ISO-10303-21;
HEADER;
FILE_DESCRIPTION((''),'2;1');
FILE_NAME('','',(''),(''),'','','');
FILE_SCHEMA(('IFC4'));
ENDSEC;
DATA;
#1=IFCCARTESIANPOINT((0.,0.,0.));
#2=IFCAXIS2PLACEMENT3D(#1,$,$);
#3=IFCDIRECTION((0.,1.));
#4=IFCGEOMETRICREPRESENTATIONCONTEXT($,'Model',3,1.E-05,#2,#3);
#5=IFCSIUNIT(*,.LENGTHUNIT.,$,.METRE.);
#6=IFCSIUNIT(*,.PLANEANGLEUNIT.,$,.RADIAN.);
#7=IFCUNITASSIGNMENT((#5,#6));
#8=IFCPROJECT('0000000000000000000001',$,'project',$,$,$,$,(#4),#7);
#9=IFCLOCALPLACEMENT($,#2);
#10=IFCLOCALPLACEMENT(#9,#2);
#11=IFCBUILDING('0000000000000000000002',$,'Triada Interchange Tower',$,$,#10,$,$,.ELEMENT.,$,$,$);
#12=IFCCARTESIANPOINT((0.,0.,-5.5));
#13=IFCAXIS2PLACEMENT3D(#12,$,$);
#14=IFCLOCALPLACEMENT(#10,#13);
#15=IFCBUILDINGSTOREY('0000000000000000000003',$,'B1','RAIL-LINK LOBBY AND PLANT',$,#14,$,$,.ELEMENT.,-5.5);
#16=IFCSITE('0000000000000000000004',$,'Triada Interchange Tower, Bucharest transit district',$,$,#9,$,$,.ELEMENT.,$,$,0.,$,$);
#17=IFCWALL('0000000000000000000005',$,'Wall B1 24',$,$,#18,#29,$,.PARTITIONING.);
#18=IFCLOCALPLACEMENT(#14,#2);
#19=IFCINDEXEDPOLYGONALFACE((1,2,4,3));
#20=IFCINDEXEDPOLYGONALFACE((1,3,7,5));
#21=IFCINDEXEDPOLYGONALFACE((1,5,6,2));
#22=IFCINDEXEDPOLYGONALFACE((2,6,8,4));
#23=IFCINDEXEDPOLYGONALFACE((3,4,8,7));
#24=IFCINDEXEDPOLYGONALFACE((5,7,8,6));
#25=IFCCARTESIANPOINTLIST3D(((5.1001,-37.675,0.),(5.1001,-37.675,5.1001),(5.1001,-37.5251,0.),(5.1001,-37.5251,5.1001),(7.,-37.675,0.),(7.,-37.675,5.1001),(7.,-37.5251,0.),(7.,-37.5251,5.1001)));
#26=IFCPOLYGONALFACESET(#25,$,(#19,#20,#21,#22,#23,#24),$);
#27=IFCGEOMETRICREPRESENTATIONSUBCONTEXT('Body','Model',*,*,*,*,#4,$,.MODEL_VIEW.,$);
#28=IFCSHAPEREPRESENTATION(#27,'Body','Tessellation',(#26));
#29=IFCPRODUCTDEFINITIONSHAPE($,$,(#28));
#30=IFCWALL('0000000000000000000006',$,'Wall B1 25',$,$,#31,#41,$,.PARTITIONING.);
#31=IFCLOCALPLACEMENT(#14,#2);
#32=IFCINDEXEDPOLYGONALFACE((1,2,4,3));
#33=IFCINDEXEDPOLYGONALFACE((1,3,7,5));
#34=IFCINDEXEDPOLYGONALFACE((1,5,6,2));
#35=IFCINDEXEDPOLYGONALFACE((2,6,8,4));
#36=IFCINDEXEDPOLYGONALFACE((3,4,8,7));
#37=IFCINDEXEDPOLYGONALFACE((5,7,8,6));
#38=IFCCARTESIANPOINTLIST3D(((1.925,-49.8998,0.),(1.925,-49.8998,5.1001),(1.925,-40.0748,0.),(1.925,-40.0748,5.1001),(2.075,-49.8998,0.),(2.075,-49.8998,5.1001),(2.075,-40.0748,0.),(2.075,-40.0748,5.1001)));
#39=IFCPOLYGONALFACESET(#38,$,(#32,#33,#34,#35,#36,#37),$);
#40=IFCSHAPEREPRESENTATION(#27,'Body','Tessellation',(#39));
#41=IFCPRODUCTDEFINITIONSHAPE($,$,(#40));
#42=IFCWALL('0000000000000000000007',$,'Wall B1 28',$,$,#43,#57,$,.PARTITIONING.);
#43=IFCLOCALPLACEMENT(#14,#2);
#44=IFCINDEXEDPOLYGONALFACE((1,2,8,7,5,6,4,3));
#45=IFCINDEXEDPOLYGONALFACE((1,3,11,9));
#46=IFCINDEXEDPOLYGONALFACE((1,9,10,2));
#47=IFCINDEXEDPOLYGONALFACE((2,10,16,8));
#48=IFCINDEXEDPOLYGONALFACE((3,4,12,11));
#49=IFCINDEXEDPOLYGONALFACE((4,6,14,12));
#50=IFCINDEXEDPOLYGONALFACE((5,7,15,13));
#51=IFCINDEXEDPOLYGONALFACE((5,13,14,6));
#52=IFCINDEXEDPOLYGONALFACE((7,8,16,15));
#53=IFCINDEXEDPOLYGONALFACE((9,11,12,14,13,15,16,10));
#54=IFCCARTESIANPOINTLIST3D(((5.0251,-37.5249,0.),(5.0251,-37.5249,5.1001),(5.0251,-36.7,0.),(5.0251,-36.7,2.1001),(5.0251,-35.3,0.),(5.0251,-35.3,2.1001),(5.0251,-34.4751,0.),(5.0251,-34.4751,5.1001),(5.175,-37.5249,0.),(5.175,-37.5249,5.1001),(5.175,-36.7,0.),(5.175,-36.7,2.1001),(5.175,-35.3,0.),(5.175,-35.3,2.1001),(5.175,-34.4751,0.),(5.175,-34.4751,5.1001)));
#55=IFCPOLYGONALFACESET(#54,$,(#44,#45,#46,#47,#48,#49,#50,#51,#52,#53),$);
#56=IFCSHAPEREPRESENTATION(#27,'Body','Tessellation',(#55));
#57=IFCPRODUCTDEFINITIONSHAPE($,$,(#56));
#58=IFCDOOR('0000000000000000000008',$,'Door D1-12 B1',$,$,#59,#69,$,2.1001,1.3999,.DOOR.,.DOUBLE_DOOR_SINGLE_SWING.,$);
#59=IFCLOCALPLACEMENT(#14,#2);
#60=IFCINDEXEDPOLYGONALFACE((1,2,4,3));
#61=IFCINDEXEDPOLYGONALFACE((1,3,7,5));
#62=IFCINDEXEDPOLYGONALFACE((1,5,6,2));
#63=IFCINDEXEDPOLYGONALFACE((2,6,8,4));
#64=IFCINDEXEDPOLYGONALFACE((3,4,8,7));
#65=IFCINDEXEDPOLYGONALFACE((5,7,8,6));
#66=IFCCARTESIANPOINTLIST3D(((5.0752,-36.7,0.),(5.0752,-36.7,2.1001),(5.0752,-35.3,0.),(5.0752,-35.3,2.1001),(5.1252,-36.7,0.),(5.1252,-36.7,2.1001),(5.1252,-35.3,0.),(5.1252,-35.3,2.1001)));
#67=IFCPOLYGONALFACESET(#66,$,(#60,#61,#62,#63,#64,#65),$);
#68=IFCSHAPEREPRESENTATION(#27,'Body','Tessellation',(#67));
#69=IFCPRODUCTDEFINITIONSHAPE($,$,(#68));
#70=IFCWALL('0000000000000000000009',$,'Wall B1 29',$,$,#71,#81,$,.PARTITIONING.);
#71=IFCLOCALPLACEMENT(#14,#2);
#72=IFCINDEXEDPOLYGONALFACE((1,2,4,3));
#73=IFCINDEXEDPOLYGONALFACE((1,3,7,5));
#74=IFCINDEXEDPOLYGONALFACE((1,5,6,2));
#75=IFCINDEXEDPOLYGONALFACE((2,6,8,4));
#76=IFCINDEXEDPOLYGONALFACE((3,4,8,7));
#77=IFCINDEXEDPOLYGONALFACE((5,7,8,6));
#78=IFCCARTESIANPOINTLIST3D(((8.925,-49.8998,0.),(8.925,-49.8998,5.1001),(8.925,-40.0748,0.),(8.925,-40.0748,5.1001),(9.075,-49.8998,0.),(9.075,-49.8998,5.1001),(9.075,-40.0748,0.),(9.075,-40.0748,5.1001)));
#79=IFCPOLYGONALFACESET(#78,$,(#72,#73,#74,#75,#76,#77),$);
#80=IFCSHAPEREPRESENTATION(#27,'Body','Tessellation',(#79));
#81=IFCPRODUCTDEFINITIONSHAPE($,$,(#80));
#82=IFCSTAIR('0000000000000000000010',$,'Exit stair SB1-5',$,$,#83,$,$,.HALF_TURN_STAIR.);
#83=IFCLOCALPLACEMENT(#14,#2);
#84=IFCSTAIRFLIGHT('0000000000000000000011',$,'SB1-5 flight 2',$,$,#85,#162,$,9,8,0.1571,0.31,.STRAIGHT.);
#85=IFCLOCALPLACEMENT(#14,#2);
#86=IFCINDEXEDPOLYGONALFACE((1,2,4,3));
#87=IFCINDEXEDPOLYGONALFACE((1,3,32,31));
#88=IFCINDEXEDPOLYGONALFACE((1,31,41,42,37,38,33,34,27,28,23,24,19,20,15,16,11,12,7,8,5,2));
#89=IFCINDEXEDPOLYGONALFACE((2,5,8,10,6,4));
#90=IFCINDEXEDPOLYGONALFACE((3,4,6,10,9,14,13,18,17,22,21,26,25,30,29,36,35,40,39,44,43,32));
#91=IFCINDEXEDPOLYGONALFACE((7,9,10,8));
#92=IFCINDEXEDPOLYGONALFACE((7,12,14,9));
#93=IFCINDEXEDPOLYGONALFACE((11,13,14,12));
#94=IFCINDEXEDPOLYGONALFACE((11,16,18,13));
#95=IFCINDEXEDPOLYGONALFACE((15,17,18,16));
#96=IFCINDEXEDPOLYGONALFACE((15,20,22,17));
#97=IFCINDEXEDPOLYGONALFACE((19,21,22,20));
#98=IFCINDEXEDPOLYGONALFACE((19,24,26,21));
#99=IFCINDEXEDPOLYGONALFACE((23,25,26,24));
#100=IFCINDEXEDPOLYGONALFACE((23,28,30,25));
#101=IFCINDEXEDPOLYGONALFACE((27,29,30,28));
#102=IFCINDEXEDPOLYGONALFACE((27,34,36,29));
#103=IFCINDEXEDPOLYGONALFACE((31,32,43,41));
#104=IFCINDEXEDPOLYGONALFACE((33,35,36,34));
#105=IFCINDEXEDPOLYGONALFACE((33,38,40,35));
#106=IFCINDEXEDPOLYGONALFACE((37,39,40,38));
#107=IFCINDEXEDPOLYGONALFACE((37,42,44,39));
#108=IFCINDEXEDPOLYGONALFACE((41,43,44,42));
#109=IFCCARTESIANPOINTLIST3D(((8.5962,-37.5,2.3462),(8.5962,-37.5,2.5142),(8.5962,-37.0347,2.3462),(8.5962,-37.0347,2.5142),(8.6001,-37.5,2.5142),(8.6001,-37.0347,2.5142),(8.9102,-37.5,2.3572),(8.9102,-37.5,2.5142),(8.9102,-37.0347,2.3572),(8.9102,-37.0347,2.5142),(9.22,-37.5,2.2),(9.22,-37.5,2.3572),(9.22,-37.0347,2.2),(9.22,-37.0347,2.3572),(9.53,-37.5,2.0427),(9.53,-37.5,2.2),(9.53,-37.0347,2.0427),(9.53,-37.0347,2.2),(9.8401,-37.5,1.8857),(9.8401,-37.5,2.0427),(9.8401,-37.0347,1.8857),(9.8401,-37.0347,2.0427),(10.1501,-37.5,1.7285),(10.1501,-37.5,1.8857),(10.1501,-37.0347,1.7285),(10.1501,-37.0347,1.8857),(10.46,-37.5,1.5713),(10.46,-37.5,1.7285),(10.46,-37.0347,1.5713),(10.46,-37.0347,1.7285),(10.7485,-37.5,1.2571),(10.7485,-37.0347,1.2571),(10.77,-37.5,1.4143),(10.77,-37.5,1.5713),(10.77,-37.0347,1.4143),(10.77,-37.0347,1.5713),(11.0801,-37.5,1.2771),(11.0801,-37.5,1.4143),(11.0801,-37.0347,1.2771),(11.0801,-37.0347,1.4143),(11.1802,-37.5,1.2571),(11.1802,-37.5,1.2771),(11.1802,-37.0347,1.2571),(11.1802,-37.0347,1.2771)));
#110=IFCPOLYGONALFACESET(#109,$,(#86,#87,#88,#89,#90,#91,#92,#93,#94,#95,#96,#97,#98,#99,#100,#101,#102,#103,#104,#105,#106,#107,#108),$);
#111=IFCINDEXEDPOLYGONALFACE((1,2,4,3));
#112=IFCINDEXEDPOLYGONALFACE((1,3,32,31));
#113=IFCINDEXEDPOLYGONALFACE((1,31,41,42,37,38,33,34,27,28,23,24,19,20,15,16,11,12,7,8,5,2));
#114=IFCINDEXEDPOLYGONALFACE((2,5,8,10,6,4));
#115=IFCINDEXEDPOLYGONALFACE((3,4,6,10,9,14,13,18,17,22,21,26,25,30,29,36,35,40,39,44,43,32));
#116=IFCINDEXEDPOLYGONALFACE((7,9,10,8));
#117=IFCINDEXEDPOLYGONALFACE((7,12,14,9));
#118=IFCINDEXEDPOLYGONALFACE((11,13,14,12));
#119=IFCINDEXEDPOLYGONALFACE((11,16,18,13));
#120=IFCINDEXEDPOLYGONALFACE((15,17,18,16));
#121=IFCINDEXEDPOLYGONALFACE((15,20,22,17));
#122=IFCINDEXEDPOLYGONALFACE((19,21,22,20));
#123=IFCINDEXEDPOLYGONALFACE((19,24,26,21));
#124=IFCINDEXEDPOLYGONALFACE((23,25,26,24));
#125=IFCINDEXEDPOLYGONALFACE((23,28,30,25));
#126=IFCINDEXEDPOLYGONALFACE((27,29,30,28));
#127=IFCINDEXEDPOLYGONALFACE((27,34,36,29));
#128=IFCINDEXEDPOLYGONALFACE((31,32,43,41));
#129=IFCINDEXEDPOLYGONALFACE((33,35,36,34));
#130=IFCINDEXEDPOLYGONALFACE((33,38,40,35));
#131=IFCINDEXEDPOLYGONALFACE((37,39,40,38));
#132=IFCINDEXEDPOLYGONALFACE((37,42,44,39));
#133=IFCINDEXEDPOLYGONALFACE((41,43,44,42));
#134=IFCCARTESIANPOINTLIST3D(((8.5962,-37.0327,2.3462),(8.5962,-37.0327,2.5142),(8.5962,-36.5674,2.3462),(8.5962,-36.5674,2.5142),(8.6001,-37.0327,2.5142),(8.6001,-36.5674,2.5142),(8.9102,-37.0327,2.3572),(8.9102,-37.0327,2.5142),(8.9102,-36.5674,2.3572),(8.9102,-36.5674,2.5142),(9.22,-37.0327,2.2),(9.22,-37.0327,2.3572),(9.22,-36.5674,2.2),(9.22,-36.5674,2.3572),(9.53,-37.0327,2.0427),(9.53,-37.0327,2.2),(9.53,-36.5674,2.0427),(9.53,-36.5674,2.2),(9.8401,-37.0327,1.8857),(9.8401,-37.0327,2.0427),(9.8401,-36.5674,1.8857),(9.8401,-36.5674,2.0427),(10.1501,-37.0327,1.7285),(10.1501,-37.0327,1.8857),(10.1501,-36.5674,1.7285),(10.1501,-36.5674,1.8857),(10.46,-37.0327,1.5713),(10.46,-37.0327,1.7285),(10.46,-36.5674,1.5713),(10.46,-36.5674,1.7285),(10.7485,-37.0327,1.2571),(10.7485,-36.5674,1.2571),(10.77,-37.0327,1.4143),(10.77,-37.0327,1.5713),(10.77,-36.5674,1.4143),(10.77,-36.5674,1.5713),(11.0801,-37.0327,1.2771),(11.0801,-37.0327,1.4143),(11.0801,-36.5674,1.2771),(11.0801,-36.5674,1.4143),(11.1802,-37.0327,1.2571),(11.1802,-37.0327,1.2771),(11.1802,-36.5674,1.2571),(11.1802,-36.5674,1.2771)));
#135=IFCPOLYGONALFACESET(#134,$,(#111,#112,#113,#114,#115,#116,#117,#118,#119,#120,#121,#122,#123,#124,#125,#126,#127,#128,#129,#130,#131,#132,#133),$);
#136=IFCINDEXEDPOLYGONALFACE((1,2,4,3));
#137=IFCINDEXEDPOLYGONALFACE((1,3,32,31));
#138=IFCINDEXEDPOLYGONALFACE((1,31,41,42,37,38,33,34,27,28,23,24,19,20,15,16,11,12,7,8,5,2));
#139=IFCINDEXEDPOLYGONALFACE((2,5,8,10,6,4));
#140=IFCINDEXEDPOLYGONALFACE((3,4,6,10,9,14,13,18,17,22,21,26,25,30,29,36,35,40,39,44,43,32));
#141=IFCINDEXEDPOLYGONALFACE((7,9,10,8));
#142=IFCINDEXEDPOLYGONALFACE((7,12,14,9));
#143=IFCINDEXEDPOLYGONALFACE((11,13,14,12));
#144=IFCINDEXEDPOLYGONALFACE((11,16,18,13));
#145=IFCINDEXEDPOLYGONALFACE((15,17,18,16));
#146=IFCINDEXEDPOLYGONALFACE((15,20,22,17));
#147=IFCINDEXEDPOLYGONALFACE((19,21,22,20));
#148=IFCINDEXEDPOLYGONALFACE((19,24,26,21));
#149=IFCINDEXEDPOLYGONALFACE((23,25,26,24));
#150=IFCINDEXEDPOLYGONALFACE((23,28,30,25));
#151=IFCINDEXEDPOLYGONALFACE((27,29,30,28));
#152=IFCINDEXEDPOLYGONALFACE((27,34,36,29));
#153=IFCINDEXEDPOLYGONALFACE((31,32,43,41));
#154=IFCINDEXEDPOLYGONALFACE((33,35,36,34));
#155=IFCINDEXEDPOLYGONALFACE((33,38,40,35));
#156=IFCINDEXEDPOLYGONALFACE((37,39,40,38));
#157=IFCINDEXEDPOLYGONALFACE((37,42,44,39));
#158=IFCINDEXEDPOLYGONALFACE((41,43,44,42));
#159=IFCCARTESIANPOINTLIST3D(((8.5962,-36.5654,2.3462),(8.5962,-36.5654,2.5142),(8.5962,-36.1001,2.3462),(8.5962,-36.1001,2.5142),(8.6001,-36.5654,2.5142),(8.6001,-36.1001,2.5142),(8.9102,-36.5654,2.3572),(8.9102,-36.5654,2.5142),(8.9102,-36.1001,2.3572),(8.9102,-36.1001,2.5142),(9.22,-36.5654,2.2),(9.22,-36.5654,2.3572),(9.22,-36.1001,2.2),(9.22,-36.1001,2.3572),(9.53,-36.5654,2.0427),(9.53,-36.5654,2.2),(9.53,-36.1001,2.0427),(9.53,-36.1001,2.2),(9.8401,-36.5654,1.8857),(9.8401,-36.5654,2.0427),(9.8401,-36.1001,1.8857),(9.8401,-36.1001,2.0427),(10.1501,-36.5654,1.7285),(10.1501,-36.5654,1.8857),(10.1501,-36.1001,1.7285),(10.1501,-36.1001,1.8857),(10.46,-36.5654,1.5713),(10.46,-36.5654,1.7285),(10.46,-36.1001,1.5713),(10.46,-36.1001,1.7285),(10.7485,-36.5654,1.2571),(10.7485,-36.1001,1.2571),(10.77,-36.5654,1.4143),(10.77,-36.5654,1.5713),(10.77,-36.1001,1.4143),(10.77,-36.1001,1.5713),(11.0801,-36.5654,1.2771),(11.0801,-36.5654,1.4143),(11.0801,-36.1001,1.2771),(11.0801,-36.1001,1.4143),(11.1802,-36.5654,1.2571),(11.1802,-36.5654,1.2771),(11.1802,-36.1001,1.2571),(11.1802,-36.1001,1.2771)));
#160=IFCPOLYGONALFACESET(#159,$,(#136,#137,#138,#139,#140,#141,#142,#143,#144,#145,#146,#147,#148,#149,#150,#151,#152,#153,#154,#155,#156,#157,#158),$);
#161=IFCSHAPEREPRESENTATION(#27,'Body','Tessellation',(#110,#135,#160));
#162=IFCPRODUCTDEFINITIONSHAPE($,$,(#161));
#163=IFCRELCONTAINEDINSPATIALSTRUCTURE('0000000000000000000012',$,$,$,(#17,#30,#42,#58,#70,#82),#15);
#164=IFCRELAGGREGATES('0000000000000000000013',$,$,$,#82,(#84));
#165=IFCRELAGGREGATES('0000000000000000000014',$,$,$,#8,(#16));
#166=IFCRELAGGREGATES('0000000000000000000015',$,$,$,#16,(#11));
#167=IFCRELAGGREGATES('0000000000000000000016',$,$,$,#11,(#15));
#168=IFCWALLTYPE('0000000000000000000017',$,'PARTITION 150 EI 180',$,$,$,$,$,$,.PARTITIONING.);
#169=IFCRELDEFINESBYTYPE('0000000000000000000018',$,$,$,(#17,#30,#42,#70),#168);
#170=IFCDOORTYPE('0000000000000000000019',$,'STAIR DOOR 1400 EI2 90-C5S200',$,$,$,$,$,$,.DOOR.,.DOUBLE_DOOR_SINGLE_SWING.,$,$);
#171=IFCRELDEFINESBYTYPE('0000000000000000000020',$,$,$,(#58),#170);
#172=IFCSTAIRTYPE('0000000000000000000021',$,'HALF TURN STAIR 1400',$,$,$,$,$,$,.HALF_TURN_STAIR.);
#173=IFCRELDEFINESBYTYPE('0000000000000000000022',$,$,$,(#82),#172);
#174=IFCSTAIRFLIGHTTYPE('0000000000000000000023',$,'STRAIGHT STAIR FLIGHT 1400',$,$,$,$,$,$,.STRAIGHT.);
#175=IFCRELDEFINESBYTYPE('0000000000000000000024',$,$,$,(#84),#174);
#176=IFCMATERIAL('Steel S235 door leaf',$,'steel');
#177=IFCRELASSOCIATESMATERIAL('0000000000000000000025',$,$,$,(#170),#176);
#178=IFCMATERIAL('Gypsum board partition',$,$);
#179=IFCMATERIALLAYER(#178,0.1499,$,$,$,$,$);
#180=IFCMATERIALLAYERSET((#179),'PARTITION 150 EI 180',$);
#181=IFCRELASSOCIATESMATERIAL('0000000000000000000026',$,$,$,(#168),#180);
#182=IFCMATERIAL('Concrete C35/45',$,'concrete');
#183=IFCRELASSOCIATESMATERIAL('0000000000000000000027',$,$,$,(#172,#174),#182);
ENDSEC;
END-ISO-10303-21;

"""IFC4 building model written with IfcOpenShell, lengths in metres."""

from ifc_helpers import new_model, si_unit, direction, frame, frame_2d, origin, place, context, subcontext, project, spatial, polyline, rectangle, outline, extrude, material, layer, layer_set, type_object, element, fill, aggregate, save


model = new_model("IFC4")

# Units and contexts
model_context = context("Model", 3, precision=1e-05, world=origin(), true_north=direction((0.0, 1.0)))
body_context = subcontext(model_context, "Body", "Model", "MODEL_VIEW")
ifc_project = project(units=[si_unit("LENGTHUNIT", "METRE"), si_unit("PLANEANGLEUNIT", "RADIAN")], contexts=[model_context])

# Site, building, storey
site_placement = place(None, origin())
site = spatial("IfcSite", under=ifc_project, at=site_placement, Name="Triada Interchange Tower, Bucharest transit district", CompositionType="ELEMENT", RefElevation=0.0)
building_placement = place(site_placement, origin())
building = spatial("IfcBuilding", under=site, at=building_placement, Name="Triada Interchange Tower", CompositionType="ELEMENT")
storey_placement = place(building_placement, frame((0.0, 0.0, -5.5)))
storey = spatial("IfcBuildingStorey", under=building, at=storey_placement, Name="B1", Description="RAIL-LINK LOBBY AND PLANT", CompositionType="ELEMENT", Elevation=-5.5)

# Shared definitions
ifc_material_1 = material(Name="Concrete C35/45", Category="concrete")

# Shared definitions
ifc_material_2 = material(Name="Steel S235 door leaf", Category="steel")
door_type = type_object("IfcDoorType", Name="STAIR DOOR 1400 EI2 90-C5S200", OperationType="DOUBLE_DOOR_SINGLE_SWING", PredefinedType="DOOR", material=ifc_material_2)

# Walls
ifc_material_3 = material(Name="Gypsum board partition")
ifc_layer_1 = layer(ifc_material_3, 0.1499)
ifc_layer_set_1 = layer_set([ifc_layer_1], Name="PARTITION 150 EI 180")
wall_type_1 = type_object("IfcWallType", Name="PARTITION 150 EI 180", PredefinedType="PARTITIONING", material=ifc_layer_set_1)
wall_1_placement = place(storey_placement, frame((5.1001, -37.6001, 0.0), z_axis=(0.0, 0.0, 1.0), x_axis=(1.0, 0.0, 0.0)))
element("IfcWall", 1, at=wall_1_placement, inside=storey, type_object=wall_type_1, Name="Wall B1 24", PredefinedType="PARTITIONING", context=body_context, shape_type="SweptSolid", body=[
    extrude(rectangle(XDim=1.8999, YDim=0.1499, at=frame_2d((0.95, 0.0))), origin(), (0.0, 0.0, 1.0), 5.1001),
])
wall_2_placement = place(storey_placement, frame((2.0, -49.8999, 0.0), z_axis=(0.0, 0.0, 1.0), x_axis=(0.0, 1.0, 0.0)))
element("IfcWall", 2, at=wall_2_placement, inside=storey, type_object=wall_type_1, Name="Wall B1 25", PredefinedType="PARTITIONING", context=body_context, shape_type="SweptSolid", body=[
    extrude(rectangle(XDim=9.825, YDim=0.1499, at=frame_2d((4.9126, 0.0))), origin(), (0.0, 0.0, 1.0), 5.1001),
])

# Wall, opening, door
wall_3_placement = place(storey_placement, frame((5.1001, -37.5249, 0.0), z_axis=(0.0, 0.0, 1.0), x_axis=(0.0, 1.0, 0.0)))
wall_3 = element("IfcWall", 3, at=wall_3_placement, inside=storey, type_object=wall_type_1, Name="Wall B1 28", PredefinedType="PARTITIONING", context=body_context, shape_type="SweptSolid", body=[
    extrude(rectangle(XDim=3.0498, YDim=0.1499, at=frame_2d((1.5249, 0.0))), origin(), (0.0, 0.0, 1.0), 5.1001),
])
opening_1_placement = place(wall_3_placement, frame((0.825, 0.0, 0.0)))
opening_1 = element("IfcOpeningElement", 4, at=opening_1_placement, cuts=wall_3, PredefinedType="OPENING", context=body_context, shape_type="SweptSolid", body=[
    extrude(rectangle(XDim=1.3999, YDim=2.1001, at=frame_2d((0.7, 1.05))), frame((0.0, 0.085, 0.0), z_axis=(0.0, -1.0, 0.0), x_axis=(1.0, 0.0, 0.0)), (0.0, 0.0, 1.0), 0.1699),
])
door_1_placement = place(opening_1_placement, origin())
door_1 = element("IfcDoor", 5, at=door_1_placement, inside=storey, type_object=door_type, Name="Door D1-12 B1", OperationType="DOUBLE_DOOR_SINGLE_SWING", OverallHeight=2.1001, OverallWidth=1.3999, PredefinedType="DOOR", context=body_context, shape_type="SweptSolid", body=[
    extrude(rectangle(XDim=1.3999, YDim=2.1001, at=frame_2d((0.7, 1.05))), frame((0.0, 0.0249, 0.0), z_axis=(0.0, -1.0, 0.0), x_axis=(1.0, 0.0, 0.0)), (0.0, 0.0, 1.0), 0.05),
])
fill(opening_1, door_1)

# Wall
wall_4_placement = place(storey_placement, frame((9.0, -49.8999, 0.0), z_axis=(0.0, 0.0, 1.0), x_axis=(0.0, 1.0, 0.0)))
element("IfcWall", 6, at=wall_4_placement, inside=storey, type_object=wall_type_1, Name="Wall B1 29", PredefinedType="PARTITIONING", context=body_context, shape_type="SweptSolid", body=[
    extrude(rectangle(XDim=9.825, YDim=0.1499, at=frame_2d((4.9126, 0.0))), origin(), (0.0, 0.0, 1.0), 5.1001),
])

# Stair, stair flight
stair_type = type_object("IfcStairType", Name="HALF TURN STAIR 1400", PredefinedType="HALF_TURN_STAIR", material=ifc_material_1)
stair_placement = place(storey_placement, origin())
stair = element("IfcStair", 7, at=stair_placement, inside=storey, type_object=stair_type, Name="Exit stair SB1-5", PredefinedType="HALF_TURN_STAIR")
stair_flight_type = type_object("IfcStairFlightType", Name="STRAIGHT STAIR FLIGHT 1400", PredefinedType="STRAIGHT", material=ifc_material_1)
stair_flight_1_placement = place(storey_placement, frame((11.0801, -36.8, 1.2571), z_axis=(0.0, 0.0, 1.0), x_axis=(-1.0, 0.0, 0.0)))
stair_flight_1 = element("IfcStairFlight", 8, at=stair_flight_1_placement, type_object=stair_flight_type, Name="SB1-5 flight 2", NumberOfRisers=9, NumberOfTreads=8, PredefinedType="STRAIGHT", RiserHeight=0.1571, TreadLength=0.31, context=body_context, shape_type="SweptSolid", body=[
    extrude(outline(polyline([(-0.1001, 0.0), (-0.1001, 0.02), (0.0, 0.02), (0.0, 0.1572), (0.3101, 0.1572), (0.3101, 0.3142), (0.6201, 0.3142), (0.6201, 0.4714), (0.9299, 0.4714), (0.9299, 0.6287), (1.24, 0.6287), (1.24, 0.7856), (1.55, 0.7856), (1.55, 0.9429), (1.8601, 0.9429), (1.8601, 1.1001), (2.1699, 1.1001), (2.1699, 1.2571), (2.48, 1.2571), (2.4839, 1.2571), (2.4839, 1.4143), (2.4839, 1.0891), (0.3315, 0.0), (-0.1001, 0.0)])), frame((0.0, 0.7, 0.0), z_axis=(0.0, -1.0, 0.0), x_axis=(1.0, 0.0, 0.0)), (0.0, 0.0, 1.0), 0.4653),
    extrude(outline(polyline([(-0.1001, 0.0), (-0.1001, 0.02), (0.0, 0.02), (0.0, 0.1572), (0.3101, 0.1572), (0.3101, 0.3142), (0.6201, 0.3142), (0.6201, 0.4714), (0.9299, 0.4714), (0.9299, 0.6287), (1.24, 0.6287), (1.24, 0.7856), (1.55, 0.7856), (1.55, 0.9429), (1.8601, 0.9429), (1.8601, 1.1001), (2.1699, 1.1001), (2.1699, 1.2571), (2.48, 1.2571), (2.4839, 1.2571), (2.4839, 1.4143), (2.4839, 1.0891), (0.3315, 0.0), (-0.1001, 0.0)])), frame((0.0, 0.2327, 0.0), z_axis=(0.0, -1.0, 0.0), x_axis=(1.0, 0.0, 0.0)), (0.0, 0.0, 1.0), 0.4653),
    extrude(outline(polyline([(-0.1001, 0.0), (-0.1001, 0.02), (0.0, 0.02), (0.0, 0.1572), (0.3101, 0.1572), (0.3101, 0.3142), (0.6201, 0.3142), (0.6201, 0.4714), (0.9299, 0.4714), (0.9299, 0.6287), (1.24, 0.6287), (1.24, 0.7856), (1.55, 0.7856), (1.55, 0.9429), (1.8601, 0.9429), (1.8601, 1.1001), (2.1699, 1.1001), (2.1699, 1.2571), (2.48, 1.2571), (2.4839, 1.2571), (2.4839, 1.4143), (2.4839, 1.0891), (0.3315, 0.0), (-0.1001, 0.0)])), frame((0.0, -0.2346, 0.0), z_axis=(0.0, -1.0, 0.0), x_axis=(1.0, 0.0, 0.0)), (0.0, 0.0, 1.0), 0.4653),
])
aggregate(stair, [stair_flight_1])

save(model, "model.ifc")
